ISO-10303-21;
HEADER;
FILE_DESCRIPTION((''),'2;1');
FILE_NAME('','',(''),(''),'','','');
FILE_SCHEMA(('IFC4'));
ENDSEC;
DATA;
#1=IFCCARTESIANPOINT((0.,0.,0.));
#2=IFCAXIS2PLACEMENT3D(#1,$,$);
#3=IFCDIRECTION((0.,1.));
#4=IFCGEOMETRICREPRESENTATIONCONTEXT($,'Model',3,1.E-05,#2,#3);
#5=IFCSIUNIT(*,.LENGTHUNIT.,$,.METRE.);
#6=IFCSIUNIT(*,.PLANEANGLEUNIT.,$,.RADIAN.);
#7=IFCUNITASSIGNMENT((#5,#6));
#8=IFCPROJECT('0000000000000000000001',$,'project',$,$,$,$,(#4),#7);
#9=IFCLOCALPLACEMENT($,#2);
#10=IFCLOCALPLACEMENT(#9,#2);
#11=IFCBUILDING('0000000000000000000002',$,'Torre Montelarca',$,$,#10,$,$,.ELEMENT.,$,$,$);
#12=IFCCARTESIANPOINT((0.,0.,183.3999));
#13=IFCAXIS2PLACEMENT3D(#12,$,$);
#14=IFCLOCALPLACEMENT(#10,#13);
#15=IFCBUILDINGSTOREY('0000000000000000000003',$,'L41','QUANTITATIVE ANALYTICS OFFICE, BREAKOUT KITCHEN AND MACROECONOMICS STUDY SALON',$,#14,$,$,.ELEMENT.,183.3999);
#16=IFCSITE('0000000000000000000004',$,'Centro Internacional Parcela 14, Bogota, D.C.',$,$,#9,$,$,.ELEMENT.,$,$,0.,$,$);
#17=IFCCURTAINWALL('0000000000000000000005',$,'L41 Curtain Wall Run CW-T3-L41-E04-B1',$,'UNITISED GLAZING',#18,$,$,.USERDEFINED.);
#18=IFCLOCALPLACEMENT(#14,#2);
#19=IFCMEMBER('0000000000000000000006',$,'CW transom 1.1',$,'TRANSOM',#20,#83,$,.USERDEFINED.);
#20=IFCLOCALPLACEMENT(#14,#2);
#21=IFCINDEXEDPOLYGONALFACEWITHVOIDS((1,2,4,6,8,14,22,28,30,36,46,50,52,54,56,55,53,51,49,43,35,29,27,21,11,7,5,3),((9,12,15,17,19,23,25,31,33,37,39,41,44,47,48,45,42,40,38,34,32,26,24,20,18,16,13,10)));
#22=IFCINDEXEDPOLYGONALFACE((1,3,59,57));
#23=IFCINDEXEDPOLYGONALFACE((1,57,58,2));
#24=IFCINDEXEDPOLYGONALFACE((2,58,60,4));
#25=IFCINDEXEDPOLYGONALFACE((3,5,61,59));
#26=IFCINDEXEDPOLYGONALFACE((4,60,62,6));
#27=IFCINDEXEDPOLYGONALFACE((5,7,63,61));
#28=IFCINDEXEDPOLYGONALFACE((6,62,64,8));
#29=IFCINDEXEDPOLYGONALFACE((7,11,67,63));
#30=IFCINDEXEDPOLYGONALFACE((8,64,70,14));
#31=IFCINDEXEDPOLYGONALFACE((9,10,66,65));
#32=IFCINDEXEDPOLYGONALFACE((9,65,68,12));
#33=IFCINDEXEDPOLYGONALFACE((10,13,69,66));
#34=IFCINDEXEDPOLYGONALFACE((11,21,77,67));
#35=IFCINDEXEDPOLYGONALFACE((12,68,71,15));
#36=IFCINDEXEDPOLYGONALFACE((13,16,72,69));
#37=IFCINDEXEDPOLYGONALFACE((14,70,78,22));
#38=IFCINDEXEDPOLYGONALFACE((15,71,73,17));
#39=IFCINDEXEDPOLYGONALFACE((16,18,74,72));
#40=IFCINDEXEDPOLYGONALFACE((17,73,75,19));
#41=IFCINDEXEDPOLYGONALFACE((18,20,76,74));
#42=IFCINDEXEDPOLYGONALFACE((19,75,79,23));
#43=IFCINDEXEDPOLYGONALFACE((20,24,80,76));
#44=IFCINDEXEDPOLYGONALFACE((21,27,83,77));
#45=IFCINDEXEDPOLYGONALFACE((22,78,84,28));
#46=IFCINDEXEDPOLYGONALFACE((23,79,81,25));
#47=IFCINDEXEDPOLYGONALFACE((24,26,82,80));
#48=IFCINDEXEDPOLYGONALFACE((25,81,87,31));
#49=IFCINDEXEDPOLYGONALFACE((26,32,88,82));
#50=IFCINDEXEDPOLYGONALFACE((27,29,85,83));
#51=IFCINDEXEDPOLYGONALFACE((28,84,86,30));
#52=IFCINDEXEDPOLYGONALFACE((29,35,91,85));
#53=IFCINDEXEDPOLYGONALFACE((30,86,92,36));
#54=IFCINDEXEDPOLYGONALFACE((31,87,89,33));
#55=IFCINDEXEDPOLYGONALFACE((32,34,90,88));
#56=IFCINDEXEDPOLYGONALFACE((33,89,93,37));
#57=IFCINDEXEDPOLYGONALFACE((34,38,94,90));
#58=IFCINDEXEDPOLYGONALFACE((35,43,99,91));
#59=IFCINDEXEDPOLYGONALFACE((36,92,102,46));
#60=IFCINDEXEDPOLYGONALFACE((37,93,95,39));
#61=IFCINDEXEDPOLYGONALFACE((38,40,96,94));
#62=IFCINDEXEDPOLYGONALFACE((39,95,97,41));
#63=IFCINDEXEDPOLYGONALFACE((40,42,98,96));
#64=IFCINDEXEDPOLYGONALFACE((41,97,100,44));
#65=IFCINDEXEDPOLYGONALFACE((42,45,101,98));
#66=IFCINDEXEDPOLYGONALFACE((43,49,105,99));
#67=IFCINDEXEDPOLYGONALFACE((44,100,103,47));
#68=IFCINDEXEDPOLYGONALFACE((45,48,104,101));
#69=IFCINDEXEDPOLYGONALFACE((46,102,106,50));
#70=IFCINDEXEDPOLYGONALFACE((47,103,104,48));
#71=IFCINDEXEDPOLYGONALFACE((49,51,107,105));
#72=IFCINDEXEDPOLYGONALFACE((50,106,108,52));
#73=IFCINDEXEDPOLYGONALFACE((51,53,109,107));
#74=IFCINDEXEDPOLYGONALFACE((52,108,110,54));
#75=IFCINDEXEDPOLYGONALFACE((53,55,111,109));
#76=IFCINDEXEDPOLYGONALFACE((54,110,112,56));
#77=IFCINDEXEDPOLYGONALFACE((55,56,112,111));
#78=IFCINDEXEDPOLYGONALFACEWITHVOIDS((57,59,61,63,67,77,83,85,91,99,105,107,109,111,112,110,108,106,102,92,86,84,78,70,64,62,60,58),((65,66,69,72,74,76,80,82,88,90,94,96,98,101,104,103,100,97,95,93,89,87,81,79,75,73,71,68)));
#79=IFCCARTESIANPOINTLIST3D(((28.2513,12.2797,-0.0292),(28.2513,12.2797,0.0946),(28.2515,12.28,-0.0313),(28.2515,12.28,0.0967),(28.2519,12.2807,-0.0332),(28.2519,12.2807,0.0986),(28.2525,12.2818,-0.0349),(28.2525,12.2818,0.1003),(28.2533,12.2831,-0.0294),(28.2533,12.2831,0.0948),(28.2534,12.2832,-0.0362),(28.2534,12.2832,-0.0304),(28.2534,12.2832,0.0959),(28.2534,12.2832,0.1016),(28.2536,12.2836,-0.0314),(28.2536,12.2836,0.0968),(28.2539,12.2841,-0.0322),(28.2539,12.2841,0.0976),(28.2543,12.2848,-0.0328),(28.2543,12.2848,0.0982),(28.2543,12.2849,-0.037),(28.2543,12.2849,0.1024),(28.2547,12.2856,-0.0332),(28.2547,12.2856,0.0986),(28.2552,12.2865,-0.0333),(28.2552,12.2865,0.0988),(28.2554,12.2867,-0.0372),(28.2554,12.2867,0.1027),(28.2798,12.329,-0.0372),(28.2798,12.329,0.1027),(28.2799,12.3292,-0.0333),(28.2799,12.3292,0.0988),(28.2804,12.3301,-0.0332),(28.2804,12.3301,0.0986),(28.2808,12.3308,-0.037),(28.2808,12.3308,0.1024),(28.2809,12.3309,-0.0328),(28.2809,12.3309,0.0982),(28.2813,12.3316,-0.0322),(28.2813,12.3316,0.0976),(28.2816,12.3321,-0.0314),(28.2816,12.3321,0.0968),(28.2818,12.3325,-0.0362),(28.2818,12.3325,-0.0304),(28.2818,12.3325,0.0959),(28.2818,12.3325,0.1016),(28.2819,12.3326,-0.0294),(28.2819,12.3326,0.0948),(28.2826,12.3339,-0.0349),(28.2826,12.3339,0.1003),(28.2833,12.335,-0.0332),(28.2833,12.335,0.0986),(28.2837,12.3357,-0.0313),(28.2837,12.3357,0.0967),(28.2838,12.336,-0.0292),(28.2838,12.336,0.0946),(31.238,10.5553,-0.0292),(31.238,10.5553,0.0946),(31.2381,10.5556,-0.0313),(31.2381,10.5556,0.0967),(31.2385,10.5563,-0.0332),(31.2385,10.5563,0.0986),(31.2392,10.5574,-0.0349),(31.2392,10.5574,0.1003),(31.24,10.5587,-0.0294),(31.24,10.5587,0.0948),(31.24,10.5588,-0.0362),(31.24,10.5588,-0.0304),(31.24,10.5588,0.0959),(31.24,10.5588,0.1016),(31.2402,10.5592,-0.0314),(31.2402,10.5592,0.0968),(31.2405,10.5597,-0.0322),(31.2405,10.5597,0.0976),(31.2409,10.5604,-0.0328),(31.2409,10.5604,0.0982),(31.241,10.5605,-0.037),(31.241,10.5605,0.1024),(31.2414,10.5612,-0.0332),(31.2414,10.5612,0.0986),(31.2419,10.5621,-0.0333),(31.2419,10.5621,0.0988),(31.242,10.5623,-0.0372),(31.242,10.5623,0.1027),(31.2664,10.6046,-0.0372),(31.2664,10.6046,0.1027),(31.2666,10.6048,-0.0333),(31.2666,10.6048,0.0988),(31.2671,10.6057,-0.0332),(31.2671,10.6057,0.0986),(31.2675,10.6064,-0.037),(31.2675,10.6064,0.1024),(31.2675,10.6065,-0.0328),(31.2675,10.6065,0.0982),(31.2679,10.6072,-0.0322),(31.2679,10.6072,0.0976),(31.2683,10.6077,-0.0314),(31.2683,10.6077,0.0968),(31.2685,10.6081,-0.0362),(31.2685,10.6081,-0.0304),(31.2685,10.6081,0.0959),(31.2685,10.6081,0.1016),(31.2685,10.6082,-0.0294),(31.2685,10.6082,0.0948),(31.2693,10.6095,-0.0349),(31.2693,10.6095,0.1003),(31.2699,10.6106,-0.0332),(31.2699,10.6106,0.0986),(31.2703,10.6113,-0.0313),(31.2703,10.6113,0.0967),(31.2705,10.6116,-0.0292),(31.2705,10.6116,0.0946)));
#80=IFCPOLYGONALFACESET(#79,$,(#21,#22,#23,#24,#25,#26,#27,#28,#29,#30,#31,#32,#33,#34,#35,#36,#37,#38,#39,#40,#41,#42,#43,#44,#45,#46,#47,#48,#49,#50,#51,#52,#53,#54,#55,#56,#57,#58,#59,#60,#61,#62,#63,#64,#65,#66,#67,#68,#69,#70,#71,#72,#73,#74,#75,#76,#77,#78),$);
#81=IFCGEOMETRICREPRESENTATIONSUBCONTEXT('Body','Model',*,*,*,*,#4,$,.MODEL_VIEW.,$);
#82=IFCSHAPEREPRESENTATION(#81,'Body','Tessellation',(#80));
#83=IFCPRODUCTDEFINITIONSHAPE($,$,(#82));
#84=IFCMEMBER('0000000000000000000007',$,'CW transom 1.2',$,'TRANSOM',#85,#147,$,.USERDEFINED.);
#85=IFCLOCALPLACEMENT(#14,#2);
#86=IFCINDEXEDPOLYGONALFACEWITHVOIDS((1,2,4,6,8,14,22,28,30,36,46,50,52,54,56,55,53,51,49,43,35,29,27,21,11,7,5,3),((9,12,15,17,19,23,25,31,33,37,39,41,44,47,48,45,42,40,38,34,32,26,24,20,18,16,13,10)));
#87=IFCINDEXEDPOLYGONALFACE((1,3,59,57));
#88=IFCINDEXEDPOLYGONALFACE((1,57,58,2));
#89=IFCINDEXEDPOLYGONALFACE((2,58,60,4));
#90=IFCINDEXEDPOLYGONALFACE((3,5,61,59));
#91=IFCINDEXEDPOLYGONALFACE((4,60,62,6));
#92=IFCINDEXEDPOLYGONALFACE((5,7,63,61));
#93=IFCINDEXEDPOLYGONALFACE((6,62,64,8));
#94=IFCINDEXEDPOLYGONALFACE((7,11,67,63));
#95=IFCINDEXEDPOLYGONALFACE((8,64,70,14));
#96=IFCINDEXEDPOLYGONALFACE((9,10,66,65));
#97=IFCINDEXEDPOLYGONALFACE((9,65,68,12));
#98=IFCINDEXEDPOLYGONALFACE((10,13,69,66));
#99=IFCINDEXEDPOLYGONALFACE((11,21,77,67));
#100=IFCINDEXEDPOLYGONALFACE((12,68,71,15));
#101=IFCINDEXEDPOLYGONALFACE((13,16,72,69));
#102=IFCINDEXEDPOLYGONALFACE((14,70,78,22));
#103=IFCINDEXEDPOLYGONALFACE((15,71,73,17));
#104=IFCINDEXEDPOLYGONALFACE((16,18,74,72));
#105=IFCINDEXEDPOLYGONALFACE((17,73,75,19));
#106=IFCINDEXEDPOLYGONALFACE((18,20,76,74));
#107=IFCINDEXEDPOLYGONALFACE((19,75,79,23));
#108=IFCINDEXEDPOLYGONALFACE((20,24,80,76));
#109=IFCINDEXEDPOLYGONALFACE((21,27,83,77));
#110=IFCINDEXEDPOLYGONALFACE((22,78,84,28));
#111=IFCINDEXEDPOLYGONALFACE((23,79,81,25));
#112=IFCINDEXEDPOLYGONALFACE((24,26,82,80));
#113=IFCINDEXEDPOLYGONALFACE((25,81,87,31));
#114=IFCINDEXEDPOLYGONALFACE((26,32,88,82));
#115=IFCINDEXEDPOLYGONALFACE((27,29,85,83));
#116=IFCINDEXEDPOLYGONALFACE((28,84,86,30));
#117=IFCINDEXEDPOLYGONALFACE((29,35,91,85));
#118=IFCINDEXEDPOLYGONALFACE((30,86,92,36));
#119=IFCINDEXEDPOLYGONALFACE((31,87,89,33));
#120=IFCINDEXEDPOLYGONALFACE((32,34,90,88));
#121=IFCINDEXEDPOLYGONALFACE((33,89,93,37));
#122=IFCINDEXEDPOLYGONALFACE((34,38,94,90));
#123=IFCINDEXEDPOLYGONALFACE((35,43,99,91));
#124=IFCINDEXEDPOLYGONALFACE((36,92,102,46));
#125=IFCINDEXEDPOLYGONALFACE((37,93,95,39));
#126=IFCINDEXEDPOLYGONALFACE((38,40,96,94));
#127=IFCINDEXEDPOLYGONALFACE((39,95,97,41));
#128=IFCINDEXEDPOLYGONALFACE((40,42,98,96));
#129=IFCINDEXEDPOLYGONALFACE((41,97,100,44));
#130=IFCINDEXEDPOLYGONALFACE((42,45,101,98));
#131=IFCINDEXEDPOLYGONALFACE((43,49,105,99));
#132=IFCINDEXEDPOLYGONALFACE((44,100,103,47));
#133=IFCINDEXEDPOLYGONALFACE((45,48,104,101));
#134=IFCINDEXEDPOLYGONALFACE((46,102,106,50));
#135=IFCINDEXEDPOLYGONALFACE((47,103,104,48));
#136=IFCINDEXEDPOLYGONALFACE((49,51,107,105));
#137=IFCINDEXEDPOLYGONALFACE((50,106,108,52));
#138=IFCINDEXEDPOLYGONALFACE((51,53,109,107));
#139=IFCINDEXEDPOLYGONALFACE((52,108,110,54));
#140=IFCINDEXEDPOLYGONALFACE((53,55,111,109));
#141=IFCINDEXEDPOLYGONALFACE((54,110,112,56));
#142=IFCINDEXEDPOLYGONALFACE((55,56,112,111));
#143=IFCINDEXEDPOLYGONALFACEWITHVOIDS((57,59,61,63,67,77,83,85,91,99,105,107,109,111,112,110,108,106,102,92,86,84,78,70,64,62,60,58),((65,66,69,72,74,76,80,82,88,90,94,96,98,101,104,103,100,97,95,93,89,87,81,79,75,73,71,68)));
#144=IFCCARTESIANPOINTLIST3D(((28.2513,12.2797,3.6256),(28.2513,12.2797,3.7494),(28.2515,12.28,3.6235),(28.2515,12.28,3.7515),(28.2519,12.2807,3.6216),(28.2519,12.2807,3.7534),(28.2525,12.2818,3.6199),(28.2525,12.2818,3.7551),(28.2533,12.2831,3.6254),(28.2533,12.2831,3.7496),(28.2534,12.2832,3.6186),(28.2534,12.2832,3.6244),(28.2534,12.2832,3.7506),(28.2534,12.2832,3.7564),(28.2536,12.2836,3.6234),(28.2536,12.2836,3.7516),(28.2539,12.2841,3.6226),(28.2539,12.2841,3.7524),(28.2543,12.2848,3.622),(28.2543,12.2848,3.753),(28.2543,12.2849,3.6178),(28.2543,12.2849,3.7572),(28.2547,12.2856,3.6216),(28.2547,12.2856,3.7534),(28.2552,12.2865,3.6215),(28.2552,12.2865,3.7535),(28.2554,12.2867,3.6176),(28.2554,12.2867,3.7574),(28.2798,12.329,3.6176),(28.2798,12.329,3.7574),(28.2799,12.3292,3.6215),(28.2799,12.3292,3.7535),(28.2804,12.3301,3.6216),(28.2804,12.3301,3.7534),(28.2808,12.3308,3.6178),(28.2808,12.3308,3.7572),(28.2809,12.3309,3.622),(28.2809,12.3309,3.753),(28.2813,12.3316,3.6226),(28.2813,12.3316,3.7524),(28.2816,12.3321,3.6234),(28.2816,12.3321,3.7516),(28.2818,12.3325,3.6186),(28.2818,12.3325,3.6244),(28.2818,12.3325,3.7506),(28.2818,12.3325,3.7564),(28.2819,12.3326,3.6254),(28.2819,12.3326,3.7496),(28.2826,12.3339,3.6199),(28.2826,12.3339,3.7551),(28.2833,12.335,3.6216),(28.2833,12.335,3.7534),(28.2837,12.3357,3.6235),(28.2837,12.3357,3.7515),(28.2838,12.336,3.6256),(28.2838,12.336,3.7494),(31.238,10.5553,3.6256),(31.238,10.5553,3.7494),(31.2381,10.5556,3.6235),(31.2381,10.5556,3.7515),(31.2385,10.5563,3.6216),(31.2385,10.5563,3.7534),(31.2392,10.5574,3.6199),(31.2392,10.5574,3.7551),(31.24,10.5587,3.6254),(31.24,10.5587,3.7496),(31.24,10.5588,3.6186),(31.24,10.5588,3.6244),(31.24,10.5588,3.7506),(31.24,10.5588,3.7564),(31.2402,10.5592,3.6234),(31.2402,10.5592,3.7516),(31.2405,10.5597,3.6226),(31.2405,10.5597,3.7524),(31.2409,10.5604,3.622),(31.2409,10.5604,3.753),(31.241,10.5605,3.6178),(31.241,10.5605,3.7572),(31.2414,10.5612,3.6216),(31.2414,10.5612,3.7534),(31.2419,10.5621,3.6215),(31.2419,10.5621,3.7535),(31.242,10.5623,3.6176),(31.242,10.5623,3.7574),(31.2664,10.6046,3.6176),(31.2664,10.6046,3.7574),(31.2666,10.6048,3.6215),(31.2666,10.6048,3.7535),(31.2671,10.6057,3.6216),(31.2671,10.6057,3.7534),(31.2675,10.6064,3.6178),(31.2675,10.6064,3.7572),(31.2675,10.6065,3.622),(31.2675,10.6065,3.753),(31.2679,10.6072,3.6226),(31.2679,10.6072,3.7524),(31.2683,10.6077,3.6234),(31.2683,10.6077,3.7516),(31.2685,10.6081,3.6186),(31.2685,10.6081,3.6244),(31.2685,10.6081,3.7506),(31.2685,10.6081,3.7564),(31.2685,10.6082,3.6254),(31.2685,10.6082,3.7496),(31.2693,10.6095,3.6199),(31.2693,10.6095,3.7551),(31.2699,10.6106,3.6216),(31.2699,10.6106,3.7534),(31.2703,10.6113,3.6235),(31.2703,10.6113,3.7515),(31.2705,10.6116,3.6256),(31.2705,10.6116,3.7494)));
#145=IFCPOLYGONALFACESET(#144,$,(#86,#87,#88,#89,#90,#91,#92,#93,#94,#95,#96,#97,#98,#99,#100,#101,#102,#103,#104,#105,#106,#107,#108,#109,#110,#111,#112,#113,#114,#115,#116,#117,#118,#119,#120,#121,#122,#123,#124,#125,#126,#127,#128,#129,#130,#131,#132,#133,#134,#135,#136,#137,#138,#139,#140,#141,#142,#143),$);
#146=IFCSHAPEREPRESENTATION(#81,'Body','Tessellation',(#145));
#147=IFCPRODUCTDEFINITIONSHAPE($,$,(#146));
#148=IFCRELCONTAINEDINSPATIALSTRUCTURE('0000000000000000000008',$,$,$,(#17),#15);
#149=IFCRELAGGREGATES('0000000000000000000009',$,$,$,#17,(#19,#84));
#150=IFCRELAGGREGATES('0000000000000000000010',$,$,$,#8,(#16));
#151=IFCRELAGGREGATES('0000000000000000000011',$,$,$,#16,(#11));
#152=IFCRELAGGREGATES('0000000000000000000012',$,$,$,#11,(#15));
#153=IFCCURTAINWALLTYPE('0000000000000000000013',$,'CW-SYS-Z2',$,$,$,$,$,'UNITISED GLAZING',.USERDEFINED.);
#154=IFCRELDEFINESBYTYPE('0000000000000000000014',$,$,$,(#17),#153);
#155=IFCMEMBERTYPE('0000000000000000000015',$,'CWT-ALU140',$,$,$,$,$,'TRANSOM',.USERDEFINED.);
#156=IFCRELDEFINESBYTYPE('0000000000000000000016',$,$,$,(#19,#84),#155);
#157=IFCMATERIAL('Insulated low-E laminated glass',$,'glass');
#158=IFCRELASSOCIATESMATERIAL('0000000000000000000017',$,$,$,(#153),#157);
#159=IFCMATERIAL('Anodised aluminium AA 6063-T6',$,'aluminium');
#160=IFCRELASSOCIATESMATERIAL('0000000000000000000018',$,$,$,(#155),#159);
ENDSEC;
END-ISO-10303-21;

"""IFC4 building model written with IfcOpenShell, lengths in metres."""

from ifc_helpers import new_model, si_unit, direction, frame, origin, origin_2d, place, context, subcontext, project, spatial, hollow_rectangle, extrude, source, transform, mapped, material, material_profile, profile_set, type_object, element, aggregate, save


model = new_model("IFC4")

# Units and contexts
model_context = context("Model", 3, precision=1e-05, world=origin(), true_north=direction((0.0, 1.0)))
body_context = subcontext(model_context, "Body", "Model", "MODEL_VIEW")
ifc_project = project(units=[si_unit("LENGTHUNIT", "METRE"), si_unit("PLANEANGLEUNIT", "RADIAN")], contexts=[model_context])

# Site, building, storey
site_placement = place(None, origin())
site = spatial("IfcSite", under=ifc_project, at=site_placement, Name="Centro Internacional Parcela 14, Bogota, D.C.", CompositionType="ELEMENT", RefElevation=0.0)
building_placement = place(site_placement, origin())
building = spatial("IfcBuilding", under=site, at=building_placement, Name="Torre Montelarca", CompositionType="ELEMENT")
storey_placement = place(building_placement, frame((0.0, 0.0, 183.3999)))
storey = spatial("IfcBuildingStorey", under=building, at=storey_placement, Name="L41", Description="QUANTITATIVE ANALYTICS OFFICE, BREAKOUT KITCHEN AND MACROECONOMICS STUDY SALON", CompositionType="ELEMENT", Elevation=183.3999)

# Curtain wall
ifc_material_1 = material(Name="Insulated low-E laminated glass", Category="glass")
curtain_wall_type = type_object("IfcCurtainWallType", Name="CW-SYS-Z2", ElementType="UNITISED GLAZING", PredefinedType="USERDEFINED", material=ifc_material_1)
ifc_material_2 = material(Name="Anodised aluminium AA 6063-T6", Category="aluminium")
ifc_material_profile_1 = material_profile(ifc_material_2, hollow_rectangle(XDim=0.0649, YDim=0.1399, WallThickness=0.0039, InnerFilletRadius=0.0039, OuterFilletRadius=0.0081, at=origin_2d()), Name="ALU65X140X4", Category="aluminium")
ifc_profile_set_1 = profile_set([ifc_material_profile_1], Name="Anodised aluminium AA 6063-T6")
member_type_1 = type_object("IfcMemberType", Name="CWT-ALU140", ElementType="TRANSOM", PredefinedType="USERDEFINED", material=ifc_profile_set_1)
curtain_wall_1_placement = place(storey_placement, origin())
curtain_wall_1 = element("IfcCurtainWall", 1, at=curtain_wall_1_placement, inside=storey, type_object=curtain_wall_type, Name="L41 Curtain Wall Run CW-T3-L41-E04-B1", ObjectType="UNITISED GLAZING", PredefinedType="USERDEFINED")

# Members
shared_shape_1 = source(origin(), body_context, "Body", "SweptSolid", [
    extrude(hollow_rectangle(XDim=0.0649, YDim=0.1399, WallThickness=0.0039, InnerFilletRadius=0.0039, OuterFilletRadius=0.0081, at=origin_2d()), origin(), (0.0, 0.0, 1.0), 3.4487),
])
member_1_placement = place(storey_placement, frame((28.2676, 12.3079, 0.0327), z_axis=(0.866017, -0.500015, 0.0), x_axis=(0.500015, 0.866017, 0.0)))
member_1 = element("IfcMember", 2, at=member_1_placement, type_object=member_type_1, Name="CW transom 1.1", ObjectType="TRANSOM", PredefinedType="USERDEFINED", context=body_context, shape_type="MappedRepresentation", body=[
    mapped(shared_shape_1, transform((0.0, 0.0, 0.0), scale=1.0)),
])
member_2_placement = place(storey_placement, frame((28.2676, 12.3079, 3.6875), z_axis=(0.866017, -0.500015, 0.0), x_axis=(0.500015, 0.866017, 0.0)))
member_2 = element("IfcMember", 3, at=member_2_placement, type_object=member_type_1, Name="CW transom 1.2", ObjectType="TRANSOM", PredefinedType="USERDEFINED", context=body_context, shape_type="MappedRepresentation", body=[
    mapped(shared_shape_1, transform((0.0, 0.0, 0.0), scale=1.0)),
])

aggregate(curtain_wall_1, [member_1, member_2])

save(model, "model.ifc")
